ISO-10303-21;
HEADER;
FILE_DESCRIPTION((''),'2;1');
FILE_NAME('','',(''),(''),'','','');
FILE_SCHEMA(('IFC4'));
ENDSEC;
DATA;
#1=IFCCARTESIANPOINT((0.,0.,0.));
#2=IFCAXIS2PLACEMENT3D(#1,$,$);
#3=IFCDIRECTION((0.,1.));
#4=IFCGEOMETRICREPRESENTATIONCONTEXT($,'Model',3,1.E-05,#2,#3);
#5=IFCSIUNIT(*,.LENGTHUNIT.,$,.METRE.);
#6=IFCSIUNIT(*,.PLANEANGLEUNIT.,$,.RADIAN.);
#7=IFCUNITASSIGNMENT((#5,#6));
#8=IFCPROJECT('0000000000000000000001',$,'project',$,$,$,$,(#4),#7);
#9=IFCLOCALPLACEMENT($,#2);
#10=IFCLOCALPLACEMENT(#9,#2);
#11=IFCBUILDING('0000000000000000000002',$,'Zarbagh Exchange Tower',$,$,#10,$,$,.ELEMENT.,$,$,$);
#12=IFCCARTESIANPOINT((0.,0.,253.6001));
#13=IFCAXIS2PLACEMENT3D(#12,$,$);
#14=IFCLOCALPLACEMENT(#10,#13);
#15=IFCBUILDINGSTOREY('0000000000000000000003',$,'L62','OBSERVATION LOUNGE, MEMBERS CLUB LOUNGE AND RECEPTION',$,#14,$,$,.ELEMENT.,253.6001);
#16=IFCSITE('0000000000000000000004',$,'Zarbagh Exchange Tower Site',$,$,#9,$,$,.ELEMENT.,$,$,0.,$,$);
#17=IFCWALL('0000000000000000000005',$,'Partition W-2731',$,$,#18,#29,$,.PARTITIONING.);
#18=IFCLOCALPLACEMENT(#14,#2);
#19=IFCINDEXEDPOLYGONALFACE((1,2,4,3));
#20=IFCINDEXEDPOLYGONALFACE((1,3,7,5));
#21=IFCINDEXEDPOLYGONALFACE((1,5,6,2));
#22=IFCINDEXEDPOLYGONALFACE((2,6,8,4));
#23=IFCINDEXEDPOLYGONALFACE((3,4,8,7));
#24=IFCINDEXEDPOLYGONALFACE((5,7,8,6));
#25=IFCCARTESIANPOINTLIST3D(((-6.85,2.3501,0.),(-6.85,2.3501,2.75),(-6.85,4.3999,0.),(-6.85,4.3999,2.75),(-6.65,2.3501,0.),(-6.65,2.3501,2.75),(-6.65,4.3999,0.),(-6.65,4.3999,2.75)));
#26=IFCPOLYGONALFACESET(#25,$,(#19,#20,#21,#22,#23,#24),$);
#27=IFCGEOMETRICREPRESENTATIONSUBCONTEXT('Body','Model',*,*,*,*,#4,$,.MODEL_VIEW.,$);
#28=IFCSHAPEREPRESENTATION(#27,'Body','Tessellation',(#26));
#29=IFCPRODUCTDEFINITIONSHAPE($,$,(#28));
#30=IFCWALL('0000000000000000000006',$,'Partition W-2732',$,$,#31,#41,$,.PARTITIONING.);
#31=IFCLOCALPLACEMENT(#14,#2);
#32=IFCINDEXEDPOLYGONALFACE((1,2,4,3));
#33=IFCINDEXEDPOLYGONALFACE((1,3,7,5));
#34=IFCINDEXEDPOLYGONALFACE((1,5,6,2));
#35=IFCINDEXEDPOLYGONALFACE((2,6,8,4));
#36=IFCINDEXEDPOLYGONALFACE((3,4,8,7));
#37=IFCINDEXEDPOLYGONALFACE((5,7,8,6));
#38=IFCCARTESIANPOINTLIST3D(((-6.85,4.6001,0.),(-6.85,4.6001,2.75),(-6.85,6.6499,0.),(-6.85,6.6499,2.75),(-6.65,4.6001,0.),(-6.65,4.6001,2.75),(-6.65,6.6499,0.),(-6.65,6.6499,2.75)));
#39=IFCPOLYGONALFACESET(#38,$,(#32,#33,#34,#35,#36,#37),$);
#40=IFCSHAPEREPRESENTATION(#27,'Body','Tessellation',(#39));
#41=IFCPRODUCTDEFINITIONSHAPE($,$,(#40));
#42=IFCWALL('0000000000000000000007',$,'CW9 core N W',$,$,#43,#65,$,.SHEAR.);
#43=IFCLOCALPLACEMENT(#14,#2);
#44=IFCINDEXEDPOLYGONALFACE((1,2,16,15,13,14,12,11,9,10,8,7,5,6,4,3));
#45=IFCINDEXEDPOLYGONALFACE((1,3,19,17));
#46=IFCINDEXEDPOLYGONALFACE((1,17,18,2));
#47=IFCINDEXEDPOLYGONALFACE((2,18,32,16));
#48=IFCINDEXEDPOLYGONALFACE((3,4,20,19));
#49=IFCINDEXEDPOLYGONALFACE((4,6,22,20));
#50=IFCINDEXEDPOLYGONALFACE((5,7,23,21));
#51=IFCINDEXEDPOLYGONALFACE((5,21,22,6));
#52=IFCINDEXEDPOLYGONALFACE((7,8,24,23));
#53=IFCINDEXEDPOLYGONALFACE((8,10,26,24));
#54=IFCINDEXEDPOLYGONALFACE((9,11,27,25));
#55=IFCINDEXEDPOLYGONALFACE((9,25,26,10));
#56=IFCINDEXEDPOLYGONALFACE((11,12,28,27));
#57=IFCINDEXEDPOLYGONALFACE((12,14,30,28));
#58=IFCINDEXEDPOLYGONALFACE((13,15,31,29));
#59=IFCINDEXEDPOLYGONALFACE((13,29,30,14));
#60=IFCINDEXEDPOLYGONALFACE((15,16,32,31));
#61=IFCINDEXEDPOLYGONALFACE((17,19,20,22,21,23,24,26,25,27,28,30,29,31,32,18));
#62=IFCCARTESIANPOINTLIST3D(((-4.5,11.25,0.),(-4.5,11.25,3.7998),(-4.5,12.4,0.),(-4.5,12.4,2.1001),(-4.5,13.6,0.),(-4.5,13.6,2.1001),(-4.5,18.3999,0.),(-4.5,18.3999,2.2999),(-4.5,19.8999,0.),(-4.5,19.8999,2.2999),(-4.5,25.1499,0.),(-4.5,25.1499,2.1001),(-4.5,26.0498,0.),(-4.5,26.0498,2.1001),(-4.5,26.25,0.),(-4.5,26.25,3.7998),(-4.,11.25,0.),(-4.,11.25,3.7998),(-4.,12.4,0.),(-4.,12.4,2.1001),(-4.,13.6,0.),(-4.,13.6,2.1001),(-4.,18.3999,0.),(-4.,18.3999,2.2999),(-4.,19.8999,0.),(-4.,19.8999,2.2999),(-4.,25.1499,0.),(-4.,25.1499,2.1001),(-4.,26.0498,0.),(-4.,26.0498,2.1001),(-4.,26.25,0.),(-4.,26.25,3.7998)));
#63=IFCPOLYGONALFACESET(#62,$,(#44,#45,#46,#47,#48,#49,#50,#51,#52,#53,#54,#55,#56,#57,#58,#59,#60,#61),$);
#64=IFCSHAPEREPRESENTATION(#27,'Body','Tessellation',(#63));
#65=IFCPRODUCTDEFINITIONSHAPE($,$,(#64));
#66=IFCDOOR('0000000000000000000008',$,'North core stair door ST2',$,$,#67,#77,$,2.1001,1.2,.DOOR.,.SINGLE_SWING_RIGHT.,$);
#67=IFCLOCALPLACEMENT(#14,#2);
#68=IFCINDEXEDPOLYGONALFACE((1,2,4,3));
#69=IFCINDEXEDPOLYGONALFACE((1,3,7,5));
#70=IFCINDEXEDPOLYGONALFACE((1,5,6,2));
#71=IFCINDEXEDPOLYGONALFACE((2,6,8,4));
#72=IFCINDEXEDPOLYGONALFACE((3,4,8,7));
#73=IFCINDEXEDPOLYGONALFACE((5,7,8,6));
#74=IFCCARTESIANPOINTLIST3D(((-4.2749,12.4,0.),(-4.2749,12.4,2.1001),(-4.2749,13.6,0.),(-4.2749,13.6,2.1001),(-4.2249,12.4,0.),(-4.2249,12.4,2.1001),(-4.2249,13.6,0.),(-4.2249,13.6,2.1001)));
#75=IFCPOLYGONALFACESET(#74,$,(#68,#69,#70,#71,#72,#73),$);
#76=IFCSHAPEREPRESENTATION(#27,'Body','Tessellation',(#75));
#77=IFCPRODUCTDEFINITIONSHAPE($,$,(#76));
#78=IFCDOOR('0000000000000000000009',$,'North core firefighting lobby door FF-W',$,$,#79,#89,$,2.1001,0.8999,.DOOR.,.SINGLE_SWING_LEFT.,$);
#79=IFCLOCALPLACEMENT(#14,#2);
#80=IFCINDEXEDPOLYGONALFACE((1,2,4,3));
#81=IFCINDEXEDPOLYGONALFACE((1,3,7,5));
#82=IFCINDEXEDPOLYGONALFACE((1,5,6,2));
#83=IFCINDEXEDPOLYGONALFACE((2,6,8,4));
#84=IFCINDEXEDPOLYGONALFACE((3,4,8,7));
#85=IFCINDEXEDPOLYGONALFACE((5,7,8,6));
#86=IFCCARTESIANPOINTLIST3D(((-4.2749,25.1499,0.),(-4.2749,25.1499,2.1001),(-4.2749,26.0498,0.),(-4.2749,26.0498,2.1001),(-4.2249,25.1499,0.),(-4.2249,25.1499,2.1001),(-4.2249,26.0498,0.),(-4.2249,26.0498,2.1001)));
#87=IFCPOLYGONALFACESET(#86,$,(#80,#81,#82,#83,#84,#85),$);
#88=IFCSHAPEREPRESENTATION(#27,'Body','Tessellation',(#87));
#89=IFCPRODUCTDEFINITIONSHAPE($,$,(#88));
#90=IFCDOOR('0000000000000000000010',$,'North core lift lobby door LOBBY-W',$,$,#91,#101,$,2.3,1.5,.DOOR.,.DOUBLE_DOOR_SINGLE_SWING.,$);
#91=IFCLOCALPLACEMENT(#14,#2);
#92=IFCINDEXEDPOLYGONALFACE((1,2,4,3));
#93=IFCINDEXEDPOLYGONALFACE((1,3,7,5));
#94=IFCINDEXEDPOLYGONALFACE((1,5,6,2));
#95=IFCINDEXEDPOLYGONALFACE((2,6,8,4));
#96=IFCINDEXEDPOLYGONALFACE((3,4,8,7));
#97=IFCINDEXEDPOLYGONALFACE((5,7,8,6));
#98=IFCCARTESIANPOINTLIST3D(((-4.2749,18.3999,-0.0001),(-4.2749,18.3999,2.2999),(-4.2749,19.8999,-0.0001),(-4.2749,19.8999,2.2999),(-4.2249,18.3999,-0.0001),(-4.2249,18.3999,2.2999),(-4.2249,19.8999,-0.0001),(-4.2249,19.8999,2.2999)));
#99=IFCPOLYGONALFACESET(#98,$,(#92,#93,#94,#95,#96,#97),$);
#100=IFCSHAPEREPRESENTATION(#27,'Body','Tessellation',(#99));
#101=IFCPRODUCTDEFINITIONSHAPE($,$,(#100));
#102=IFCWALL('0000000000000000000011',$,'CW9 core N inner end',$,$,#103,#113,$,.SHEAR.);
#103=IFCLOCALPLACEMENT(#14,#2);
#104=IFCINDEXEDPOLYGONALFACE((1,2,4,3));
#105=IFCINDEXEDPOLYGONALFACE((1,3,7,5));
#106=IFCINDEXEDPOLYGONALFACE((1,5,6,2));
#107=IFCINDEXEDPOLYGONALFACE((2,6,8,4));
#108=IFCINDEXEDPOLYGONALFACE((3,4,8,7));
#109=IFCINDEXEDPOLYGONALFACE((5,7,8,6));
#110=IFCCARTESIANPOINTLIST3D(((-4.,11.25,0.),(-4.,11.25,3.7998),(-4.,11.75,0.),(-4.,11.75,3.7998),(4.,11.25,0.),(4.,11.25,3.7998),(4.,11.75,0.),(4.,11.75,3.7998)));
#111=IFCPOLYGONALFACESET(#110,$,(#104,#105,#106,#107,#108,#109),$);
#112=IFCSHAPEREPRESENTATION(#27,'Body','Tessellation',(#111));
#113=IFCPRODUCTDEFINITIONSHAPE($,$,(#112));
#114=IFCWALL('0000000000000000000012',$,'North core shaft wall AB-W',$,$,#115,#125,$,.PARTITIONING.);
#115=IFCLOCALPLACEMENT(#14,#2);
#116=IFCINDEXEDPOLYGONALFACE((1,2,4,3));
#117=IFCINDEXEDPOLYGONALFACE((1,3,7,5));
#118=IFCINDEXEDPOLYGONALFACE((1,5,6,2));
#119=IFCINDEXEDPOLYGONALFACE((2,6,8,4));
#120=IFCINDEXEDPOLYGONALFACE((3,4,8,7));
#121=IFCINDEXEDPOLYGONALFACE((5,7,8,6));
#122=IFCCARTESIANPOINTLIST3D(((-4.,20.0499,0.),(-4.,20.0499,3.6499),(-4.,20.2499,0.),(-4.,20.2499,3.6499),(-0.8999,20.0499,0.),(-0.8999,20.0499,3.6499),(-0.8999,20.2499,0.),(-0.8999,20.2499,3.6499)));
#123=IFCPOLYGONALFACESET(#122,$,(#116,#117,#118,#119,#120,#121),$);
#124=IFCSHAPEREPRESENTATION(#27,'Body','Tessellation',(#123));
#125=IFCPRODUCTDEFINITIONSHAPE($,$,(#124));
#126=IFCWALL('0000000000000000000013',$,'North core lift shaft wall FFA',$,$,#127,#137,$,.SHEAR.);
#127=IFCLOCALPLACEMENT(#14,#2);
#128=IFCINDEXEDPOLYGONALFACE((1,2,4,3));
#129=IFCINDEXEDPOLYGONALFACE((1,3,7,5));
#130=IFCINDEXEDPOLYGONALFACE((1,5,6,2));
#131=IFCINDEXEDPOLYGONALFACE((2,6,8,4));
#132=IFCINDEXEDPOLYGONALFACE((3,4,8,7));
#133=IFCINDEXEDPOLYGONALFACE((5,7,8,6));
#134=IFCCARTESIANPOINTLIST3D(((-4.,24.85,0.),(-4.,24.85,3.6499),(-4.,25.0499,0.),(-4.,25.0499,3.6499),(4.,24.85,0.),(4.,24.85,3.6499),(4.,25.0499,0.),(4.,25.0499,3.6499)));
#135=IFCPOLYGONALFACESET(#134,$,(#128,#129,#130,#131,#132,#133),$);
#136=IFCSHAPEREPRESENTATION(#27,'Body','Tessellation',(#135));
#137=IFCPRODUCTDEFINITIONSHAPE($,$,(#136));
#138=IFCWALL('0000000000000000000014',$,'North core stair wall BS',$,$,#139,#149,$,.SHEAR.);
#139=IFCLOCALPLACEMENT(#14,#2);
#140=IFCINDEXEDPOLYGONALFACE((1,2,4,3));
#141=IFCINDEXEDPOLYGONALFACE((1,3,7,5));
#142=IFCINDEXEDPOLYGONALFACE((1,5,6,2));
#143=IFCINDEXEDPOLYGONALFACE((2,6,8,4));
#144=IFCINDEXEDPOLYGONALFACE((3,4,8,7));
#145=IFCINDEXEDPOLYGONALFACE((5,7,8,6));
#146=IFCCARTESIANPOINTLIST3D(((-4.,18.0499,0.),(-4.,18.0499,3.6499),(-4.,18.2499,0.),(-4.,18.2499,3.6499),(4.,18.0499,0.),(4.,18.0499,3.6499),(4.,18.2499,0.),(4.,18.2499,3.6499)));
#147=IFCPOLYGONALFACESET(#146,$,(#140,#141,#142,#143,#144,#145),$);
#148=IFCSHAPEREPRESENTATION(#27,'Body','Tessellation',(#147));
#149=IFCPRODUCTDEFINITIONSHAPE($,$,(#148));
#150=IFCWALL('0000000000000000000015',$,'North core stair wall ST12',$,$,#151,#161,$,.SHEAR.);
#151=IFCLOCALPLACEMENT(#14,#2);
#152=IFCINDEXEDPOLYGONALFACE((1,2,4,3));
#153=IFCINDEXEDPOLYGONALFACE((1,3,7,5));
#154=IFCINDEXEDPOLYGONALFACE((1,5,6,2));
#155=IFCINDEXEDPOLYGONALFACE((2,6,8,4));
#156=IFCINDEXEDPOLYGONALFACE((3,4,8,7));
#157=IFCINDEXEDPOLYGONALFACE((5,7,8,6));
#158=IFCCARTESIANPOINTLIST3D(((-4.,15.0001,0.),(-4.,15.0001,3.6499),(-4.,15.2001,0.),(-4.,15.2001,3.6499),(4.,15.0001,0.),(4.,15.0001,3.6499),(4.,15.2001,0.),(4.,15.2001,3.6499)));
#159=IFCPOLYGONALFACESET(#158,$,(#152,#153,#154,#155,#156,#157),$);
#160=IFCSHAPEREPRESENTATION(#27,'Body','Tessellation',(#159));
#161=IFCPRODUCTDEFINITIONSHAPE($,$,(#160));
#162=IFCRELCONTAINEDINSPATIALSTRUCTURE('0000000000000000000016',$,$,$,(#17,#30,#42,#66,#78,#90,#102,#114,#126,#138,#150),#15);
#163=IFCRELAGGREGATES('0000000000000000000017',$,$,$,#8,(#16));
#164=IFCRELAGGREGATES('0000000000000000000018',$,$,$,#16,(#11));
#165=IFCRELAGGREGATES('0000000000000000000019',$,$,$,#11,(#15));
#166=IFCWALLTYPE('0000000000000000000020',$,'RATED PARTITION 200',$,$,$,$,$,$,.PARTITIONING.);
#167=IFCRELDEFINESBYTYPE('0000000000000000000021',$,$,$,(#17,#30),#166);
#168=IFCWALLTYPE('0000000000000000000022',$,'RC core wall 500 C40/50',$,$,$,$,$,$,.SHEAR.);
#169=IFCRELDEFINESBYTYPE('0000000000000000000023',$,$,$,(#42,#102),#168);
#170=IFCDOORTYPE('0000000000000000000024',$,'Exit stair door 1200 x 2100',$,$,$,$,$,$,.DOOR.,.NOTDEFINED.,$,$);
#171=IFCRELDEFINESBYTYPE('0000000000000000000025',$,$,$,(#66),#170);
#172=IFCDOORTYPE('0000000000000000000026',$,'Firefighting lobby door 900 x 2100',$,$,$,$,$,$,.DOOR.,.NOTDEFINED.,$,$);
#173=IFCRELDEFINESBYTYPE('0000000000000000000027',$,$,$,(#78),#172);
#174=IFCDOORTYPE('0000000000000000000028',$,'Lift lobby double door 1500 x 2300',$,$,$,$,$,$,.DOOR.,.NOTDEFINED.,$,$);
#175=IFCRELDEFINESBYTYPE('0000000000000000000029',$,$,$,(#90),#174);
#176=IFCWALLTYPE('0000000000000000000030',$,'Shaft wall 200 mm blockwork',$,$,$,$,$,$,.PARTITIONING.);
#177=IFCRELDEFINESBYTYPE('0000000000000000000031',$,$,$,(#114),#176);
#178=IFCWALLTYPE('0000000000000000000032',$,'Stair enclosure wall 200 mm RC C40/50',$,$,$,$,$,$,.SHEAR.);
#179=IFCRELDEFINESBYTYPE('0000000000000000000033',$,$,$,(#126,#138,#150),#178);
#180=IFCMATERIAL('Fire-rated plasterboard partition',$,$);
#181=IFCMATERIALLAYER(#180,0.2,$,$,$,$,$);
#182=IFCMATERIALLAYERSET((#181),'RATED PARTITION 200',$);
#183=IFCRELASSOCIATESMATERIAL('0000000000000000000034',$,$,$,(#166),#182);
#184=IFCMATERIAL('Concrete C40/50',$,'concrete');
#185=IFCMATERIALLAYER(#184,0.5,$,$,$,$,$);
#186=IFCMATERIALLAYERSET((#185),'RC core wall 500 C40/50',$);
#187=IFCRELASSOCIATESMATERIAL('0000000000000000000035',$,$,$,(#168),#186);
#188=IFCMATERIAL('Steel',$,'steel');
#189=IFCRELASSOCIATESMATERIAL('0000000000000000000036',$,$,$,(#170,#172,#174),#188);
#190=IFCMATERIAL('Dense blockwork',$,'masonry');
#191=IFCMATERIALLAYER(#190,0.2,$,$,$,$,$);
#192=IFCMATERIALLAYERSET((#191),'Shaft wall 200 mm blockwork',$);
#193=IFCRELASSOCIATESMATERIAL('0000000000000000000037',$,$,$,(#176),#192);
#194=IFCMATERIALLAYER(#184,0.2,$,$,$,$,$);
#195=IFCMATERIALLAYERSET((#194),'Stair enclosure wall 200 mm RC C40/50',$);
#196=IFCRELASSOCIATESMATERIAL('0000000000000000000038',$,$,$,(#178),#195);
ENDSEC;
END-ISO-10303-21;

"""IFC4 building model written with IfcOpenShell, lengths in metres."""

from ifc_helpers import new_model, si_unit, direction, frame, frame_2d, origin, place, context, subcontext, project, spatial, rectangle, extrude, material, layer, layer_set, type_object, element, fill, save


model = new_model("IFC4")

# Units and contexts
model_context = context("Model", 3, precision=1e-05, world=origin(), true_north=direction((0.0, 1.0)))
body_context = subcontext(model_context, "Body", "Model", "MODEL_VIEW")
ifc_project = project(units=[si_unit("LENGTHUNIT", "METRE"), si_unit("PLANEANGLEUNIT", "RADIAN")], contexts=[model_context])

# Site, building, storey
site_placement = place(None, origin())
site = spatial("IfcSite", under=ifc_project, at=site_placement, Name="Zarbagh Exchange Tower Site", CompositionType="ELEMENT", RefElevation=0.0)
building_placement = place(site_placement, origin())
building = spatial("IfcBuilding", under=site, at=building_placement, Name="Zarbagh Exchange Tower", CompositionType="ELEMENT")
storey_placement = place(building_placement, frame((0.0, 0.0, 253.6001)))
storey = spatial("IfcBuildingStorey", under=building, at=storey_placement, Name="L62", Description="OBSERVATION LOUNGE, MEMBERS CLUB LOUNGE AND RECEPTION", CompositionType="ELEMENT", Elevation=253.6001)

# Shared definitions
ifc_material_1 = material(Name="Concrete C40/50", Category="concrete")

# Walls
ifc_material_2 = material(Name="Dense blockwork", Category="masonry")
ifc_material_3 = material(Name="Fire-rated plasterboard partition")
ifc_layer_1 = layer(ifc_material_3, 0.2)
ifc_layer_set_1 = layer_set([ifc_layer_1], Name="RATED PARTITION 200")
wall_type_1 = type_object("IfcWallType", Name="RATED PARTITION 200", PredefinedType="PARTITIONING", material=ifc_layer_set_1)
for number, where, z_axis, x_axis, name in (
    (1, (-6.75, 2.3501, 0.0), (0.0, 0.0, 1.0), (0.0, 1.0, 0.0), "Partition W-2731"),
    (2, (-6.75, 4.6001, 0.0), (0.0, 0.0, 1.0), (0.0, 1.0, 0.0), "Partition W-2732"),
):
    element("IfcWall", number, at=place(storey_placement, frame(where, z_axis=z_axis, x_axis=x_axis)), inside=storey, type_object=wall_type_1, Name=name, PredefinedType="PARTITIONING", context=body_context, shape_type="SweptSolid", body=[
        extrude(rectangle(XDim=2.0498, YDim=0.2, at=frame_2d((1.0249, 0.0))), origin(), (0.0, 0.0, 1.0), 2.75),
    ])

# Wall, openings, doors
ifc_layer_2 = layer(ifc_material_1, 0.5)
ifc_layer_set_2 = layer_set([ifc_layer_2], Name="RC core wall 500 C40/50")
wall_type_2 = type_object("IfcWallType", Name="RC core wall 500 C40/50", PredefinedType="SHEAR", material=ifc_layer_set_2)
wall_1_placement = place(storey_placement, frame((-4.25, 11.25, 0.0), z_axis=(0.0, 0.0, 1.0), x_axis=(0.0, 1.0, 0.0)))
wall_1 = element("IfcWall", 3, at=wall_1_placement, inside=storey, type_object=wall_type_2, Name="CW9 core N W", PredefinedType="SHEAR", context=body_context, shape_type="SweptSolid", body=[
    extrude(rectangle(XDim=15.0, YDim=0.5, at=frame_2d((7.5, 0.0))), origin(), (0.0, 0.0, 1.0), 3.7998),
])
opening_1_placement = place(wall_1_placement, frame((7.1499, 0.0, 0.0)))
opening_1 = element("IfcOpeningElement", 4, at=opening_1_placement, cuts=wall_1, PredefinedType="OPENING", context=body_context, shape_type="SweptSolid", body=[
    extrude(rectangle(XDim=1.5, YDim=2.3, at=frame_2d((0.75, 1.1499))), frame((0.0, 0.26, 0.0), z_axis=(0.0, -1.0, 0.0), x_axis=(1.0, 0.0, 0.0)), (0.0, 0.0, 1.0), 0.52),
])
opening_2_placement = place(wall_1_placement, frame((13.8999, 0.0, 0.0)))
opening_2 = element("IfcOpeningElement", 5, at=opening_2_placement, cuts=wall_1, PredefinedType="OPENING", context=body_context, shape_type="SweptSolid", body=[
    extrude(rectangle(XDim=0.8999, YDim=2.1001, at=frame_2d((0.45, 1.05))), frame((0.0, 0.26, 0.0), z_axis=(0.0, -1.0, 0.0), x_axis=(1.0, 0.0, 0.0)), (0.0, 0.0, 1.0), 0.52),
])
opening_3_placement = place(wall_1_placement, frame((1.1499, 0.0, 0.0)))
opening_3 = element("IfcOpeningElement", 6, at=opening_3_placement, cuts=wall_1, PredefinedType="OPENING", context=body_context, shape_type="SweptSolid", body=[
    extrude(rectangle(XDim=1.2, YDim=2.1001, at=frame_2d((0.6001, 1.05))), frame((0.0, 0.26, 0.0), z_axis=(0.0, -1.0, 0.0), x_axis=(1.0, 0.0, 0.0)), (0.0, 0.0, 1.0), 0.52),
])
ifc_material_4 = material(Name="Steel", Category="steel")
door_type_1 = type_object("IfcDoorType", Name="Exit stair door 1200 x 2100", OperationType="NOTDEFINED", PredefinedType="DOOR", material=ifc_material_4)
door_1_placement = place(opening_3_placement, origin())
door_1 = element("IfcDoor", 7, at=door_1_placement, inside=storey, type_object=door_type_1, Name="North core stair door ST2", OperationType="SINGLE_SWING_RIGHT", OverallHeight=2.1001, OverallWidth=1.2, PredefinedType="DOOR", context=body_context, shape_type="SweptSolid", body=[
    extrude(rectangle(XDim=1.2, YDim=2.1001, at=frame_2d((0.6001, 1.05))), frame((0.0, 0.0249, 0.0), z_axis=(0.0, -1.0, 0.0), x_axis=(1.0, 0.0, 0.0)), (0.0, 0.0, 1.0), 0.05),
])
fill(opening_3, door_1)
door_type_2 = type_object("IfcDoorType", Name="Firefighting lobby door 900 x 2100", OperationType="NOTDEFINED", PredefinedType="DOOR", material=ifc_material_4)
door_2_placement = place(opening_2_placement, origin())
door_2 = element("IfcDoor", 8, at=door_2_placement, inside=storey, type_object=door_type_2, Name="North core firefighting lobby door FF-W", OperationType="SINGLE_SWING_LEFT", OverallHeight=2.1001, OverallWidth=0.8999, PredefinedType="DOOR", context=body_context, shape_type="SweptSolid", body=[
    extrude(rectangle(XDim=0.8999, YDim=2.1001, at=frame_2d((0.45, 1.05))), frame((0.0, 0.0249, 0.0), z_axis=(0.0, -1.0, 0.0), x_axis=(1.0, 0.0, 0.0)), (0.0, 0.0, 1.0), 0.05),
])
fill(opening_2, door_2)
door_type_3 = type_object("IfcDoorType", Name="Lift lobby double door 1500 x 2300", OperationType="NOTDEFINED", PredefinedType="DOOR", material=ifc_material_4)
door_3_placement = place(opening_1_placement, origin())
door_3 = element("IfcDoor", 9, at=door_3_placement, inside=storey, type_object=door_type_3, Name="North core lift lobby door LOBBY-W", OperationType="DOUBLE_DOOR_SINGLE_SWING", OverallHeight=2.3, OverallWidth=1.5, PredefinedType="DOOR", context=body_context, shape_type="SweptSolid", body=[
    extrude(rectangle(XDim=1.5, YDim=2.3, at=frame_2d((0.75, 1.1499))), frame((0.0, 0.0249, 0.0), z_axis=(0.0, -1.0, 0.0), x_axis=(1.0, 0.0, 0.0)), (0.0, 0.0, 1.0), 0.05),
])
fill(opening_1, door_3)

# Walls
wall_2_placement = place(storey_placement, frame((-4.0, 11.5, 0.0), z_axis=(0.0, 0.0, 1.0), x_axis=(1.0, 0.0, 0.0)))
element("IfcWall", 10, at=wall_2_placement, inside=storey, type_object=wall_type_2, Name="CW9 core N inner end", PredefinedType="SHEAR", context=body_context, shape_type="SweptSolid", body=[
    extrude(rectangle(XDim=8.0, YDim=0.5, at=frame_2d((4.0, 0.0))), origin(), (0.0, 0.0, 1.0), 3.7998),
])
ifc_layer_3 = layer(ifc_material_2, 0.2)
ifc_layer_set_3 = layer_set([ifc_layer_3], Name="Shaft wall 200 mm blockwork")
wall_type_3 = type_object("IfcWallType", Name="Shaft wall 200 mm blockwork", PredefinedType="PARTITIONING", material=ifc_layer_set_3)
wall_3_placement = place(storey_placement, frame((-4.0, 20.1499, 0.0), z_axis=(0.0, 0.0, 1.0), x_axis=(1.0, 0.0, 0.0)))
element("IfcWall", 11, at=wall_3_placement, inside=storey, type_object=wall_type_3, Name="North core shaft wall AB-W", PredefinedType="PARTITIONING", context=body_context, shape_type="SweptSolid", body=[
    extrude(rectangle(XDim=3.1001, YDim=0.2, at=frame_2d((1.55, 0.0))), origin(), (0.0, 0.0, 1.0), 3.6499),
])
ifc_layer_4 = layer(ifc_material_1, 0.2)
ifc_layer_set_4 = layer_set([ifc_layer_4], Name="Stair enclosure wall 200 mm RC C40/50")
wall_type_4 = type_object("IfcWallType", Name="Stair enclosure wall 200 mm RC C40/50", PredefinedType="SHEAR", material=ifc_layer_set_4)
for number, where, z_axis, x_axis, name in (
    (12, (-4.0, 24.95, 0.0), (0.0, 0.0, 1.0), (1.0, 0.0, 0.0), "North core lift shaft wall FFA"),
    (13, (-4.0, 18.1499, 0.0), (0.0, 0.0, 1.0), (1.0, 0.0, 0.0), "North core stair wall BS"),
    (14, (-4.0, 15.1001, 0.0), (0.0, 0.0, 1.0), (1.0, 0.0, 0.0), "North core stair wall ST12"),
):
    element("IfcWall", number, at=place(storey_placement, frame(where, z_axis=z_axis, x_axis=x_axis)), inside=storey, type_object=wall_type_4, Name=name, PredefinedType="SHEAR", context=body_context, shape_type="SweptSolid", body=[
        extrude(rectangle(XDim=8.0, YDim=0.2, at=frame_2d((4.0, 0.0))), origin(), (0.0, 0.0, 1.0), 3.6499),
    ])

save(model, "model.ifc")
